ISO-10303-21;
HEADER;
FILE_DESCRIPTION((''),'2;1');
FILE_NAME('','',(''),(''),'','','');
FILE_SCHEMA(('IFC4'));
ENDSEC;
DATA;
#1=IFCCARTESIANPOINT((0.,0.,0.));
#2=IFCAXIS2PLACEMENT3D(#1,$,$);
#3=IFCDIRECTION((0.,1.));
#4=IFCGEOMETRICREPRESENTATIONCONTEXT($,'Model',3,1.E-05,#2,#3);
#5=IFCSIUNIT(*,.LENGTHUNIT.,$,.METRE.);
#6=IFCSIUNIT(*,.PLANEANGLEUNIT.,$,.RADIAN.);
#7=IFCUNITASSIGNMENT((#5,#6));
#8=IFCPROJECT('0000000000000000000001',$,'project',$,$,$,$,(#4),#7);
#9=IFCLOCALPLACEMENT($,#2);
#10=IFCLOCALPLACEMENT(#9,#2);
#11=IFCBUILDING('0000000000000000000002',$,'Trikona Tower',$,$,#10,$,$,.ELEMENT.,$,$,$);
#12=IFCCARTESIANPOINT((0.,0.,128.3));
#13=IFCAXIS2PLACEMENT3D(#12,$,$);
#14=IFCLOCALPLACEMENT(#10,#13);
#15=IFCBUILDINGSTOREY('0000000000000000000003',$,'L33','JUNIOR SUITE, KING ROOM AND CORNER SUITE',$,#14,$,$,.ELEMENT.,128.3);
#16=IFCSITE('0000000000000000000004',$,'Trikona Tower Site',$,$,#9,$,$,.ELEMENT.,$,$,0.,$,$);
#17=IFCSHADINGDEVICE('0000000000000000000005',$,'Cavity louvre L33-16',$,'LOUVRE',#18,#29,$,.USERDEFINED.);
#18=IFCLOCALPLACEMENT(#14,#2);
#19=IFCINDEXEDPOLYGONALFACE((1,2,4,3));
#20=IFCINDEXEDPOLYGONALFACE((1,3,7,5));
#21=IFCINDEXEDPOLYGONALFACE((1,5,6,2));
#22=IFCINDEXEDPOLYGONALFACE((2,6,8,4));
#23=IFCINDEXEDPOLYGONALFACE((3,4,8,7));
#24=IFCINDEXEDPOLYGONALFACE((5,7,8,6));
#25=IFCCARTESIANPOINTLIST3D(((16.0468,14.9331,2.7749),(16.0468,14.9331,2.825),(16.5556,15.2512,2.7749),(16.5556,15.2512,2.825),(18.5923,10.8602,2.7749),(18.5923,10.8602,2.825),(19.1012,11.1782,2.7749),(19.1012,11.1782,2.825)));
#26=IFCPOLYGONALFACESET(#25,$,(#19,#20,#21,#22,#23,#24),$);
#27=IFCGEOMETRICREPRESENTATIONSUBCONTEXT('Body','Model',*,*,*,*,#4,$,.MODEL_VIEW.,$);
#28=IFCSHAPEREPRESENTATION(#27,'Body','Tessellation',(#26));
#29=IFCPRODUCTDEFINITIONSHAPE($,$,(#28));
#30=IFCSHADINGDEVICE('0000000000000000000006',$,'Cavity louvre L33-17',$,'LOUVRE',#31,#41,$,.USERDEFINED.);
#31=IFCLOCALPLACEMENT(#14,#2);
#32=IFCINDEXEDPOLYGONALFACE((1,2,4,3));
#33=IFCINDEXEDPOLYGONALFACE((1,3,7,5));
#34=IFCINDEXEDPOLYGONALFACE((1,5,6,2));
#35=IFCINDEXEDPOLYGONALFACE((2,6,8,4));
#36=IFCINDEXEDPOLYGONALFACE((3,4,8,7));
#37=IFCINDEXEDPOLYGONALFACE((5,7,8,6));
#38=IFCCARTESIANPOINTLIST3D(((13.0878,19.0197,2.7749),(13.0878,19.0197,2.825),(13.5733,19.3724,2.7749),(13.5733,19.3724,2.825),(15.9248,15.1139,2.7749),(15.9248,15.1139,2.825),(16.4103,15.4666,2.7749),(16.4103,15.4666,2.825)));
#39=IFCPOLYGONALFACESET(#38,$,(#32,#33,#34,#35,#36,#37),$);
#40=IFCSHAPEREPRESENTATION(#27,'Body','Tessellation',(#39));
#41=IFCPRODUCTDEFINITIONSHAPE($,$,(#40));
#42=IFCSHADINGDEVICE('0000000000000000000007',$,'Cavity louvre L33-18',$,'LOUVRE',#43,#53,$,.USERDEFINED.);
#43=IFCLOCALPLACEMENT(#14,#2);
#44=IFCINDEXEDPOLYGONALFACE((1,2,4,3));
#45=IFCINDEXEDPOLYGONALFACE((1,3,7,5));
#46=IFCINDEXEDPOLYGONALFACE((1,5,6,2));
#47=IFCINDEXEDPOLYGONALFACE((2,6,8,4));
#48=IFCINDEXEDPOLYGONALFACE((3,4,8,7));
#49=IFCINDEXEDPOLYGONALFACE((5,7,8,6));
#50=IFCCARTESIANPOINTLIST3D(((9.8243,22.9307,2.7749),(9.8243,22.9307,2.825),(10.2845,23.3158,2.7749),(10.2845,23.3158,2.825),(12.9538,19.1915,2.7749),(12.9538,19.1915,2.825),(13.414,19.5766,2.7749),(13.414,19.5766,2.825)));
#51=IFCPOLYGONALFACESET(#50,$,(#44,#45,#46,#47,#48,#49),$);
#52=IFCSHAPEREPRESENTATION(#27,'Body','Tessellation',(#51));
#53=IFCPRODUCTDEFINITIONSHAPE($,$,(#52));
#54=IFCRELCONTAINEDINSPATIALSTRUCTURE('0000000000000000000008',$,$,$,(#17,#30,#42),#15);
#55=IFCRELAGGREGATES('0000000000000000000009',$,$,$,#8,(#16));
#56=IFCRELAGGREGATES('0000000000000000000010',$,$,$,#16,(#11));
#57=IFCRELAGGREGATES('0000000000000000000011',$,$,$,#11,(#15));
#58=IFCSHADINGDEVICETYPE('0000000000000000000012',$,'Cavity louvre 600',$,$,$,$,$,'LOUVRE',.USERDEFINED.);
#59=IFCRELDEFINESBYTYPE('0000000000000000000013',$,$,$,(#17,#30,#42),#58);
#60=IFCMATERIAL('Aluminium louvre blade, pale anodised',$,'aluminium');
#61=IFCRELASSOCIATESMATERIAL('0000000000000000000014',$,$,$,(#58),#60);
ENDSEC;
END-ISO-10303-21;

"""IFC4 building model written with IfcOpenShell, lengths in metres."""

from ifc_helpers import new_model, si_unit, direction, frame, origin, origin_2d, place, context, subcontext, project, spatial, rectangle, extrude, material, type_object, element, save


model = new_model("IFC4")

# Units and contexts
model_context = context("Model", 3, precision=1e-05, world=origin(), true_north=direction((0.0, 1.0)))
body_context = subcontext(model_context, "Body", "Model", "MODEL_VIEW")
ifc_project = project(units=[si_unit("LENGTHUNIT", "METRE"), si_unit("PLANEANGLEUNIT", "RADIAN")], contexts=[model_context])

# Site, building, storey
site_placement = place(None, origin())
site = spatial("IfcSite", under=ifc_project, at=site_placement, Name="Trikona Tower Site", CompositionType="ELEMENT", RefElevation=0.0)
building_placement = place(site_placement, origin())
building = spatial("IfcBuilding", under=site, at=building_placement, Name="Trikona Tower", CompositionType="ELEMENT")
storey_placement = place(building_placement, frame((0.0, 0.0, 128.3)))
storey = spatial("IfcBuildingStorey", under=building, at=storey_placement, Name="L33", Description="JUNIOR SUITE, KING ROOM AND CORNER SUITE", CompositionType="ELEMENT", Elevation=128.3)

# Shading devices
ifc_material_1 = material(Name="Aluminium louvre blade, pale anodised", Category="aluminium")
shading_device_type = type_object("IfcShadingDeviceType", Name="Cavity louvre 600", ElementType="LOUVRE", PredefinedType="USERDEFINED", material=ifc_material_1)
shading_device_1_placement = place(storey_placement, frame((17.574, 13.0557, 2.7749), z_axis=(0.0, 0.0, 1.0), x_axis=(-0.529995, 0.848001, 0.0)))
element("IfcShadingDevice", 1, at=shading_device_1_placement, inside=storey, type_object=shading_device_type, Name="Cavity louvre L33-16", ObjectType="LOUVRE", PredefinedType="USERDEFINED", context=body_context, shape_type="SweptSolid", body=[
    extrude(rectangle(XDim=4.803, YDim=0.6001, at=origin_2d()), origin(), (0.0, 0.0, 1.0), 0.05),
])
shading_device_2_placement = place(storey_placement, frame((14.749, 17.2432, 2.7749), z_axis=(0.0, 0.0, 1.0), x_axis=(-0.587686, 0.809089, 0.0)))
element("IfcShadingDevice", 2, at=shading_device_2_placement, inside=storey, type_object=shading_device_type, Name="Cavity louvre L33-17", ObjectType="LOUVRE", PredefinedType="USERDEFINED", context=body_context, shape_type="SweptSolid", body=[
    extrude(rectangle(XDim=4.8274, YDim=0.6001, at=origin_2d()), origin(), (0.0, 0.0, 1.0), 0.05),
])
shading_device_3_placement = place(storey_placement, frame((11.6191, 21.2537, 2.7749), z_axis=(0.0, 0.0, 1.0), x_axis=(-0.641807, 0.766866, 0.0)))
element("IfcShadingDevice", 3, at=shading_device_3_placement, inside=storey, type_object=shading_device_type, Name="Cavity louvre L33-18", ObjectType="LOUVRE", PredefinedType="USERDEFINED", context=body_context, shape_type="SweptSolid", body=[
    extrude(rectangle(XDim=4.876, YDim=0.6001, at=origin_2d()), origin(), (0.0, 0.0, 1.0), 0.05),
])

save(model, "model.ifc")
